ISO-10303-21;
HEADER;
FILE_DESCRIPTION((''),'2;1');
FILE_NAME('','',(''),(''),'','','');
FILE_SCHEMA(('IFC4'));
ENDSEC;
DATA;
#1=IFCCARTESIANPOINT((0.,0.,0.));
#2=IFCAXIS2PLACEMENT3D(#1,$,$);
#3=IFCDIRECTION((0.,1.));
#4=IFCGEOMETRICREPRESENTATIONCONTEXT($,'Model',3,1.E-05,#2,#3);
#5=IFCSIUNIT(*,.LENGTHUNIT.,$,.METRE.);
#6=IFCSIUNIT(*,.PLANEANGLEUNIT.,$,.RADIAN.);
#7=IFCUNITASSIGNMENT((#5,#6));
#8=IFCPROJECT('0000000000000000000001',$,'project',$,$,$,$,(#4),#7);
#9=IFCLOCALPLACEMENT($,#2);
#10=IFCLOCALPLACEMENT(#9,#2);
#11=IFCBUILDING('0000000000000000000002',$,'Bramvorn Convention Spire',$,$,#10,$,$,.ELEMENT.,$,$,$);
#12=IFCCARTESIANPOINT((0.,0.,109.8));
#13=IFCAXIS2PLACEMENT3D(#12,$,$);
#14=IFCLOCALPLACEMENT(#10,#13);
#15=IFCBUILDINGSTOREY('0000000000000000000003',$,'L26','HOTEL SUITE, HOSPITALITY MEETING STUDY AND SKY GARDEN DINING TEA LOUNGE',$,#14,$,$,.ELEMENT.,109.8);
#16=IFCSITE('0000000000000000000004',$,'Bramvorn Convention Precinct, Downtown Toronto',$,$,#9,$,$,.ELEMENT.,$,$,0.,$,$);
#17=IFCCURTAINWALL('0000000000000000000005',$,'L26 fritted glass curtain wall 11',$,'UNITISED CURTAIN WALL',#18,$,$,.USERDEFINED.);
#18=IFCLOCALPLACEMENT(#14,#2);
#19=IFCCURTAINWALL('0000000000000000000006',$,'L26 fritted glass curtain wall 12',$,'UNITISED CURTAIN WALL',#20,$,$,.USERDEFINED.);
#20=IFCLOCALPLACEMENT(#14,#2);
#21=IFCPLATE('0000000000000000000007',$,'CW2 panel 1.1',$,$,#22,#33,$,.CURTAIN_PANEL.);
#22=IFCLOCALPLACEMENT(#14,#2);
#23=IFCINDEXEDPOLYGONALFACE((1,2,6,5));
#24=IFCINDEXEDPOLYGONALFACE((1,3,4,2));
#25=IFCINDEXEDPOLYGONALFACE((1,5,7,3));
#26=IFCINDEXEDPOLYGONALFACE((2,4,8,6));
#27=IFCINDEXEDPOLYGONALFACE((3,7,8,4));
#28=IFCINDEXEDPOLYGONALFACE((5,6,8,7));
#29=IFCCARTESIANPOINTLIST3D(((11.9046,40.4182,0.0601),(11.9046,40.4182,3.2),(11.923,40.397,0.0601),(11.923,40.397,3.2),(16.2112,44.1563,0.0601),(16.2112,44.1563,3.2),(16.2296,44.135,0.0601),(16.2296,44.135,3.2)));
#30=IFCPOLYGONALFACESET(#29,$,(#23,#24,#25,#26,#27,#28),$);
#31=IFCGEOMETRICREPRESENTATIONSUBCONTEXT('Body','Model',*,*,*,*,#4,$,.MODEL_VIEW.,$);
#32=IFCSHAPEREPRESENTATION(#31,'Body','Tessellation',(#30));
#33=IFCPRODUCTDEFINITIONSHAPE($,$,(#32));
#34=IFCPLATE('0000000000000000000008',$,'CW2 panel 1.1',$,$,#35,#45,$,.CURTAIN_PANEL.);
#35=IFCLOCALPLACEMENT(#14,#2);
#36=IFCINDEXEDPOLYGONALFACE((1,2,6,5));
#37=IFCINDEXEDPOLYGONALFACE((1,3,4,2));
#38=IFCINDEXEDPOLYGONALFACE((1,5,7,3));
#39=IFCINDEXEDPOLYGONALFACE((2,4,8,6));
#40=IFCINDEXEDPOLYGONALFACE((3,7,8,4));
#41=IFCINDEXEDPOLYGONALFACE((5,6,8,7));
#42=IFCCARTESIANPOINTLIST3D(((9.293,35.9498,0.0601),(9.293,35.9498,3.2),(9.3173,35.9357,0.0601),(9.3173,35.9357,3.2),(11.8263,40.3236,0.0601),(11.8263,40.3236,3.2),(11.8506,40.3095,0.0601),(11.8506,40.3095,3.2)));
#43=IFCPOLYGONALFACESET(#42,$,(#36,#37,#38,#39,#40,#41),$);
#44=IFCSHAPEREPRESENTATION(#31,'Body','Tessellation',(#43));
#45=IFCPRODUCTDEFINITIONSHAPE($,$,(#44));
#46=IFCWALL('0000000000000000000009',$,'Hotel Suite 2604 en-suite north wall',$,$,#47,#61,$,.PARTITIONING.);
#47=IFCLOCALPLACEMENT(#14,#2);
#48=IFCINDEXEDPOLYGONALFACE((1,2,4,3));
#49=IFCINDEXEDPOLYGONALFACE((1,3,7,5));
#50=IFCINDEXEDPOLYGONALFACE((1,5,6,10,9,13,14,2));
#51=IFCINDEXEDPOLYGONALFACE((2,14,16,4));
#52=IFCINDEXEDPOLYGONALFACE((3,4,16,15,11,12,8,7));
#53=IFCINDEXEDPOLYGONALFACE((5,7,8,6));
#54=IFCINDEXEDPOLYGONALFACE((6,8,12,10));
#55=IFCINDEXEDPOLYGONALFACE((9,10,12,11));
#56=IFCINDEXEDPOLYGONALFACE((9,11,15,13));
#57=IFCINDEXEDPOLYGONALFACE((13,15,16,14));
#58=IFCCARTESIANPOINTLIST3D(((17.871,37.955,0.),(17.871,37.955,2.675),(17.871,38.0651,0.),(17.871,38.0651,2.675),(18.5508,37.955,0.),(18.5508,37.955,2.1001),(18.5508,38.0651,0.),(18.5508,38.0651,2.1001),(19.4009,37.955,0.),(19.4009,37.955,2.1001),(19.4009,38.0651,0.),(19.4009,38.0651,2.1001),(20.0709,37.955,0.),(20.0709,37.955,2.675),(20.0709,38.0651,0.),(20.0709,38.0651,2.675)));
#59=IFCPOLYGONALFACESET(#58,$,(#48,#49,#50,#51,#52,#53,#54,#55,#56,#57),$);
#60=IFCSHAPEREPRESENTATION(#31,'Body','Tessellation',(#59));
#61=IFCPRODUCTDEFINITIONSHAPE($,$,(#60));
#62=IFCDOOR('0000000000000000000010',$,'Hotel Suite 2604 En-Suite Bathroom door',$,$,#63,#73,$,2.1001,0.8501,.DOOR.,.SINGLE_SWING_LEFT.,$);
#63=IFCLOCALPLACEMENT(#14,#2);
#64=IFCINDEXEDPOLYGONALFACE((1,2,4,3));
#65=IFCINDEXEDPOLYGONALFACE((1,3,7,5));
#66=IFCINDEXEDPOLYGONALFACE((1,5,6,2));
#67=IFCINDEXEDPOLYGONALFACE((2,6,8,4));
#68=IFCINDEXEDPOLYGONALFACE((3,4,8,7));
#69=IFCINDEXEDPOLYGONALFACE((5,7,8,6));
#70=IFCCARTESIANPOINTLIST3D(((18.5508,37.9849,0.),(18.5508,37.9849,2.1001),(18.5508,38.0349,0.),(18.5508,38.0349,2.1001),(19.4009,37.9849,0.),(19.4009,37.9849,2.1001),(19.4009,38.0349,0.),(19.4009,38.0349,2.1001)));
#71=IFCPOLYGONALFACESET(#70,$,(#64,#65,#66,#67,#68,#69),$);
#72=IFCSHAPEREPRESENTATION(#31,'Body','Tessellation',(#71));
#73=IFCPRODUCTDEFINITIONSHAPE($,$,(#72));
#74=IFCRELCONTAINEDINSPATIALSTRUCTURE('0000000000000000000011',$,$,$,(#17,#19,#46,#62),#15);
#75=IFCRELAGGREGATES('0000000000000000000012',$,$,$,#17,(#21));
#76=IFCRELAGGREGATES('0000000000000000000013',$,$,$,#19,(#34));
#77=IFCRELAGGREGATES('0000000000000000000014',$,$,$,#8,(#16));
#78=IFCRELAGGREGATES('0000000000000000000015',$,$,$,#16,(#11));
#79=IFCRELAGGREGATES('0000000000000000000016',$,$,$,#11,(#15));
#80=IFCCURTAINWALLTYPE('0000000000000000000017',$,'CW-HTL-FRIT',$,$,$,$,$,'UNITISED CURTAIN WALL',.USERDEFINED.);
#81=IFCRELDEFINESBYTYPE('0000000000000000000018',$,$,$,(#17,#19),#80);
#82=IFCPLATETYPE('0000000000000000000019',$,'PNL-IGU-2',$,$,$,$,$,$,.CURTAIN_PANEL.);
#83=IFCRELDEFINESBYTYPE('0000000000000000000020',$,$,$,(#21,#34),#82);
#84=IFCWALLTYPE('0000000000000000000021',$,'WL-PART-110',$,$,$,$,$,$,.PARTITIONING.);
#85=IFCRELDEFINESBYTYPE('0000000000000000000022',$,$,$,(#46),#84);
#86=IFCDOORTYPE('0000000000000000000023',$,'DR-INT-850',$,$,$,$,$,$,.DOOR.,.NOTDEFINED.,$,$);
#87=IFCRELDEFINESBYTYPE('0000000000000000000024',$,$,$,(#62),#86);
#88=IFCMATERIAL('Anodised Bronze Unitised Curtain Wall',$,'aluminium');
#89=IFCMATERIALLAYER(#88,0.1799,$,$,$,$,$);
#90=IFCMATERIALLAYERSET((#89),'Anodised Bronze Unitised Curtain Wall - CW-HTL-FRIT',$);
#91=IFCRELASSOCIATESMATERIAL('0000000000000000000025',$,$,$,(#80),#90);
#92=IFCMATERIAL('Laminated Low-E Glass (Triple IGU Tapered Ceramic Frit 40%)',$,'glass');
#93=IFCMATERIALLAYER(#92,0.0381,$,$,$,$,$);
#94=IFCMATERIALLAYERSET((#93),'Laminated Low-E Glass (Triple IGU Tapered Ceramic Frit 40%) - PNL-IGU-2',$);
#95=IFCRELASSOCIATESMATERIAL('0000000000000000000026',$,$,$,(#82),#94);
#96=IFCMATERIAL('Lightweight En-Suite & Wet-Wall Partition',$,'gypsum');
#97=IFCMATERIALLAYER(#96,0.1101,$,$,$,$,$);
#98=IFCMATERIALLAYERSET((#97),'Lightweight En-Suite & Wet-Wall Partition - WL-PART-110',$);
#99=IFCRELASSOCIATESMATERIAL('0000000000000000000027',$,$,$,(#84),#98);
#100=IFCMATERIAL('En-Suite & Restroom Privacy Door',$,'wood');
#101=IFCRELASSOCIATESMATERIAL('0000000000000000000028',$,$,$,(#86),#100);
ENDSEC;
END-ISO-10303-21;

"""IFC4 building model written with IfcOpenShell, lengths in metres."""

from ifc_helpers import new_model, si_unit, direction, frame, frame_2d, origin, origin_2d, place, context, subcontext, project, spatial, rectangle, extrude, material, layer, layer_set, type_object, element, fill, aggregate, save


model = new_model("IFC4")

# Units and contexts
model_context = context("Model", 3, precision=1e-05, world=origin(), true_north=direction((0.0, 1.0)))
body_context = subcontext(model_context, "Body", "Model", "MODEL_VIEW")
ifc_project = project(units=[si_unit("LENGTHUNIT", "METRE"), si_unit("PLANEANGLEUNIT", "RADIAN")], contexts=[model_context])

# Site, building, storey
site_placement = place(None, origin())
site = spatial("IfcSite", under=ifc_project, at=site_placement, Name="Bramvorn Convention Precinct, Downtown Toronto", CompositionType="ELEMENT", RefElevation=0.0)
building_placement = place(site_placement, origin())
building = spatial("IfcBuilding", under=site, at=building_placement, Name="Bramvorn Convention Spire", CompositionType="ELEMENT")
storey_placement = place(building_placement, frame((0.0, 0.0, 109.8)))
storey = spatial("IfcBuildingStorey", under=building, at=storey_placement, Name="L26", Description="HOTEL SUITE, HOSPITALITY MEETING STUDY AND SKY GARDEN DINING TEA LOUNGE", CompositionType="ELEMENT", Elevation=109.8)

# Shared definitions
ifc_material_1 = material(Name="Anodised Bronze Unitised Curtain Wall", Category="aluminium")
ifc_layer_1 = layer(ifc_material_1, 0.1799)
ifc_layer_set_1 = layer_set([ifc_layer_1], Name="Anodised Bronze Unitised Curtain Wall - CW-HTL-FRIT")
curtain_wall_type = type_object("IfcCurtainWallType", Name="CW-HTL-FRIT", ElementType="UNITISED CURTAIN WALL", PredefinedType="USERDEFINED", material=ifc_layer_set_1)

# Curtain wall
curtain_wall_1_placement = place(storey_placement, origin())
curtain_wall_1 = element("IfcCurtainWall", 1, at=curtain_wall_1_placement, inside=storey, type_object=curtain_wall_type, Name="L26 fritted glass curtain wall 11", ObjectType="UNITISED CURTAIN WALL", PredefinedType="USERDEFINED")

# Curtain wall
curtain_wall_2_placement = place(storey_placement, origin())
curtain_wall_2 = element("IfcCurtainWall", 2, at=curtain_wall_2_placement, inside=storey, type_object=curtain_wall_type, Name="L26 fritted glass curtain wall 12", ObjectType="UNITISED CURTAIN WALL", PredefinedType="USERDEFINED")

# Plates
ifc_material_2 = material(Name="Laminated Low-E Glass (Triple IGU Tapered Ceramic Frit 40%)", Category="glass")
ifc_layer_2 = layer(ifc_material_2, 0.0381)
ifc_layer_set_2 = layer_set([ifc_layer_2], Name="Laminated Low-E Glass (Triple IGU Tapered Ceramic Frit 40%) - PNL-IGU-2")
plate_type = type_object("IfcPlateType", Name="PNL-IGU-2", PredefinedType="CURTAIN_PANEL", material=ifc_layer_set_2)
plate_1_placement = place(storey_placement, frame((14.0671, 42.2766, 0.0601), z_axis=(0.0, 0.0, 1.0), x_axis=(0.755195, 0.6555, 0.0)))
plate_1 = element("IfcPlate", 3, at=plate_1_placement, type_object=plate_type, Name="CW2 panel 1.1", PredefinedType="CURTAIN_PANEL", context=body_context, shape_type="SweptSolid", body=[
    extrude(rectangle(XDim=5.7026, YDim=0.0281, at=origin_2d()), origin(), (0.0, 0.0, 1.0), 3.1399),
])
aggregate(curtain_wall_1, [plate_1])
plate_2_placement = place(storey_placement, frame((10.5718, 38.1296, 0.0601), z_axis=(0.0, 0.0, 1.0), x_axis=(0.501205, 0.865329, 0.0)))
plate_2 = element("IfcPlate", 4, at=plate_2_placement, type_object=plate_type, Name="CW2 panel 1.1", PredefinedType="CURTAIN_PANEL", context=body_context, shape_type="SweptSolid", body=[
    extrude(rectangle(XDim=5.0544, YDim=0.0281, at=origin_2d()), origin(), (0.0, 0.0, 1.0), 3.1399),
])
aggregate(curtain_wall_2, [plate_2])

# Wall, opening, door
ifc_material_3 = material(Name="Lightweight En-Suite & Wet-Wall Partition", Category="gypsum")
ifc_layer_3 = layer(ifc_material_3, 0.1101)
ifc_layer_set_3 = layer_set([ifc_layer_3], Name="Lightweight En-Suite & Wet-Wall Partition - WL-PART-110")
wall_type = type_object("IfcWallType", Name="WL-PART-110", PredefinedType="PARTITIONING", material=ifc_layer_set_3)
wall_placement = place(storey_placement, frame((17.8708, 38.01, 0.0), z_axis=(0.0, 0.0, 1.0), x_axis=(1.0, 0.0, 0.0)))
wall = element("IfcWall", 5, at=wall_placement, inside=storey, type_object=wall_type, Name="Hotel Suite 2604 en-suite north wall", PredefinedType="PARTITIONING", context=body_context, shape_type="SweptSolid", body=[
    extrude(rectangle(XDim=2.2, YDim=0.1101, at=frame_2d((1.1001, 0.0))), origin(), (0.0, 0.0, 1.0), 2.675),
])
opening_placement = place(wall_placement, frame((0.6799, 0.0, 0.0)))
opening = element("IfcOpeningElement", 6, at=opening_placement, cuts=wall, PredefinedType="OPENING", context=body_context, shape_type="SweptSolid", body=[
    extrude(rectangle(XDim=0.8501, YDim=2.1001, at=frame_2d((0.425, 1.05))), frame((0.0, 0.0649, 0.0), z_axis=(0.0, -1.0, 0.0), x_axis=(1.0, 0.0, 0.0)), (0.0, 0.0, 1.0), 0.1301),
])
ifc_material_4 = material(Name="En-Suite & Restroom Privacy Door", Category="wood")
door_type = type_object("IfcDoorType", Name="DR-INT-850", OperationType="NOTDEFINED", PredefinedType="DOOR", material=ifc_material_4)
door_placement = place(opening_placement, origin())
door = element("IfcDoor", 7, at=door_placement, inside=storey, type_object=door_type, Name="Hotel Suite 2604 En-Suite Bathroom door", OperationType="SINGLE_SWING_LEFT", OverallHeight=2.1001, OverallWidth=0.8501, PredefinedType="DOOR", context=body_context, shape_type="SweptSolid", body=[
    extrude(rectangle(XDim=0.8501, YDim=2.1001, at=frame_2d((0.425, 1.05))), frame((0.0, 0.0249, 0.0), z_axis=(0.0, -1.0, 0.0), x_axis=(1.0, 0.0, 0.0)), (0.0, 0.0, 1.0), 0.05),
])
fill(opening, door)

save(model, "model.ifc")
